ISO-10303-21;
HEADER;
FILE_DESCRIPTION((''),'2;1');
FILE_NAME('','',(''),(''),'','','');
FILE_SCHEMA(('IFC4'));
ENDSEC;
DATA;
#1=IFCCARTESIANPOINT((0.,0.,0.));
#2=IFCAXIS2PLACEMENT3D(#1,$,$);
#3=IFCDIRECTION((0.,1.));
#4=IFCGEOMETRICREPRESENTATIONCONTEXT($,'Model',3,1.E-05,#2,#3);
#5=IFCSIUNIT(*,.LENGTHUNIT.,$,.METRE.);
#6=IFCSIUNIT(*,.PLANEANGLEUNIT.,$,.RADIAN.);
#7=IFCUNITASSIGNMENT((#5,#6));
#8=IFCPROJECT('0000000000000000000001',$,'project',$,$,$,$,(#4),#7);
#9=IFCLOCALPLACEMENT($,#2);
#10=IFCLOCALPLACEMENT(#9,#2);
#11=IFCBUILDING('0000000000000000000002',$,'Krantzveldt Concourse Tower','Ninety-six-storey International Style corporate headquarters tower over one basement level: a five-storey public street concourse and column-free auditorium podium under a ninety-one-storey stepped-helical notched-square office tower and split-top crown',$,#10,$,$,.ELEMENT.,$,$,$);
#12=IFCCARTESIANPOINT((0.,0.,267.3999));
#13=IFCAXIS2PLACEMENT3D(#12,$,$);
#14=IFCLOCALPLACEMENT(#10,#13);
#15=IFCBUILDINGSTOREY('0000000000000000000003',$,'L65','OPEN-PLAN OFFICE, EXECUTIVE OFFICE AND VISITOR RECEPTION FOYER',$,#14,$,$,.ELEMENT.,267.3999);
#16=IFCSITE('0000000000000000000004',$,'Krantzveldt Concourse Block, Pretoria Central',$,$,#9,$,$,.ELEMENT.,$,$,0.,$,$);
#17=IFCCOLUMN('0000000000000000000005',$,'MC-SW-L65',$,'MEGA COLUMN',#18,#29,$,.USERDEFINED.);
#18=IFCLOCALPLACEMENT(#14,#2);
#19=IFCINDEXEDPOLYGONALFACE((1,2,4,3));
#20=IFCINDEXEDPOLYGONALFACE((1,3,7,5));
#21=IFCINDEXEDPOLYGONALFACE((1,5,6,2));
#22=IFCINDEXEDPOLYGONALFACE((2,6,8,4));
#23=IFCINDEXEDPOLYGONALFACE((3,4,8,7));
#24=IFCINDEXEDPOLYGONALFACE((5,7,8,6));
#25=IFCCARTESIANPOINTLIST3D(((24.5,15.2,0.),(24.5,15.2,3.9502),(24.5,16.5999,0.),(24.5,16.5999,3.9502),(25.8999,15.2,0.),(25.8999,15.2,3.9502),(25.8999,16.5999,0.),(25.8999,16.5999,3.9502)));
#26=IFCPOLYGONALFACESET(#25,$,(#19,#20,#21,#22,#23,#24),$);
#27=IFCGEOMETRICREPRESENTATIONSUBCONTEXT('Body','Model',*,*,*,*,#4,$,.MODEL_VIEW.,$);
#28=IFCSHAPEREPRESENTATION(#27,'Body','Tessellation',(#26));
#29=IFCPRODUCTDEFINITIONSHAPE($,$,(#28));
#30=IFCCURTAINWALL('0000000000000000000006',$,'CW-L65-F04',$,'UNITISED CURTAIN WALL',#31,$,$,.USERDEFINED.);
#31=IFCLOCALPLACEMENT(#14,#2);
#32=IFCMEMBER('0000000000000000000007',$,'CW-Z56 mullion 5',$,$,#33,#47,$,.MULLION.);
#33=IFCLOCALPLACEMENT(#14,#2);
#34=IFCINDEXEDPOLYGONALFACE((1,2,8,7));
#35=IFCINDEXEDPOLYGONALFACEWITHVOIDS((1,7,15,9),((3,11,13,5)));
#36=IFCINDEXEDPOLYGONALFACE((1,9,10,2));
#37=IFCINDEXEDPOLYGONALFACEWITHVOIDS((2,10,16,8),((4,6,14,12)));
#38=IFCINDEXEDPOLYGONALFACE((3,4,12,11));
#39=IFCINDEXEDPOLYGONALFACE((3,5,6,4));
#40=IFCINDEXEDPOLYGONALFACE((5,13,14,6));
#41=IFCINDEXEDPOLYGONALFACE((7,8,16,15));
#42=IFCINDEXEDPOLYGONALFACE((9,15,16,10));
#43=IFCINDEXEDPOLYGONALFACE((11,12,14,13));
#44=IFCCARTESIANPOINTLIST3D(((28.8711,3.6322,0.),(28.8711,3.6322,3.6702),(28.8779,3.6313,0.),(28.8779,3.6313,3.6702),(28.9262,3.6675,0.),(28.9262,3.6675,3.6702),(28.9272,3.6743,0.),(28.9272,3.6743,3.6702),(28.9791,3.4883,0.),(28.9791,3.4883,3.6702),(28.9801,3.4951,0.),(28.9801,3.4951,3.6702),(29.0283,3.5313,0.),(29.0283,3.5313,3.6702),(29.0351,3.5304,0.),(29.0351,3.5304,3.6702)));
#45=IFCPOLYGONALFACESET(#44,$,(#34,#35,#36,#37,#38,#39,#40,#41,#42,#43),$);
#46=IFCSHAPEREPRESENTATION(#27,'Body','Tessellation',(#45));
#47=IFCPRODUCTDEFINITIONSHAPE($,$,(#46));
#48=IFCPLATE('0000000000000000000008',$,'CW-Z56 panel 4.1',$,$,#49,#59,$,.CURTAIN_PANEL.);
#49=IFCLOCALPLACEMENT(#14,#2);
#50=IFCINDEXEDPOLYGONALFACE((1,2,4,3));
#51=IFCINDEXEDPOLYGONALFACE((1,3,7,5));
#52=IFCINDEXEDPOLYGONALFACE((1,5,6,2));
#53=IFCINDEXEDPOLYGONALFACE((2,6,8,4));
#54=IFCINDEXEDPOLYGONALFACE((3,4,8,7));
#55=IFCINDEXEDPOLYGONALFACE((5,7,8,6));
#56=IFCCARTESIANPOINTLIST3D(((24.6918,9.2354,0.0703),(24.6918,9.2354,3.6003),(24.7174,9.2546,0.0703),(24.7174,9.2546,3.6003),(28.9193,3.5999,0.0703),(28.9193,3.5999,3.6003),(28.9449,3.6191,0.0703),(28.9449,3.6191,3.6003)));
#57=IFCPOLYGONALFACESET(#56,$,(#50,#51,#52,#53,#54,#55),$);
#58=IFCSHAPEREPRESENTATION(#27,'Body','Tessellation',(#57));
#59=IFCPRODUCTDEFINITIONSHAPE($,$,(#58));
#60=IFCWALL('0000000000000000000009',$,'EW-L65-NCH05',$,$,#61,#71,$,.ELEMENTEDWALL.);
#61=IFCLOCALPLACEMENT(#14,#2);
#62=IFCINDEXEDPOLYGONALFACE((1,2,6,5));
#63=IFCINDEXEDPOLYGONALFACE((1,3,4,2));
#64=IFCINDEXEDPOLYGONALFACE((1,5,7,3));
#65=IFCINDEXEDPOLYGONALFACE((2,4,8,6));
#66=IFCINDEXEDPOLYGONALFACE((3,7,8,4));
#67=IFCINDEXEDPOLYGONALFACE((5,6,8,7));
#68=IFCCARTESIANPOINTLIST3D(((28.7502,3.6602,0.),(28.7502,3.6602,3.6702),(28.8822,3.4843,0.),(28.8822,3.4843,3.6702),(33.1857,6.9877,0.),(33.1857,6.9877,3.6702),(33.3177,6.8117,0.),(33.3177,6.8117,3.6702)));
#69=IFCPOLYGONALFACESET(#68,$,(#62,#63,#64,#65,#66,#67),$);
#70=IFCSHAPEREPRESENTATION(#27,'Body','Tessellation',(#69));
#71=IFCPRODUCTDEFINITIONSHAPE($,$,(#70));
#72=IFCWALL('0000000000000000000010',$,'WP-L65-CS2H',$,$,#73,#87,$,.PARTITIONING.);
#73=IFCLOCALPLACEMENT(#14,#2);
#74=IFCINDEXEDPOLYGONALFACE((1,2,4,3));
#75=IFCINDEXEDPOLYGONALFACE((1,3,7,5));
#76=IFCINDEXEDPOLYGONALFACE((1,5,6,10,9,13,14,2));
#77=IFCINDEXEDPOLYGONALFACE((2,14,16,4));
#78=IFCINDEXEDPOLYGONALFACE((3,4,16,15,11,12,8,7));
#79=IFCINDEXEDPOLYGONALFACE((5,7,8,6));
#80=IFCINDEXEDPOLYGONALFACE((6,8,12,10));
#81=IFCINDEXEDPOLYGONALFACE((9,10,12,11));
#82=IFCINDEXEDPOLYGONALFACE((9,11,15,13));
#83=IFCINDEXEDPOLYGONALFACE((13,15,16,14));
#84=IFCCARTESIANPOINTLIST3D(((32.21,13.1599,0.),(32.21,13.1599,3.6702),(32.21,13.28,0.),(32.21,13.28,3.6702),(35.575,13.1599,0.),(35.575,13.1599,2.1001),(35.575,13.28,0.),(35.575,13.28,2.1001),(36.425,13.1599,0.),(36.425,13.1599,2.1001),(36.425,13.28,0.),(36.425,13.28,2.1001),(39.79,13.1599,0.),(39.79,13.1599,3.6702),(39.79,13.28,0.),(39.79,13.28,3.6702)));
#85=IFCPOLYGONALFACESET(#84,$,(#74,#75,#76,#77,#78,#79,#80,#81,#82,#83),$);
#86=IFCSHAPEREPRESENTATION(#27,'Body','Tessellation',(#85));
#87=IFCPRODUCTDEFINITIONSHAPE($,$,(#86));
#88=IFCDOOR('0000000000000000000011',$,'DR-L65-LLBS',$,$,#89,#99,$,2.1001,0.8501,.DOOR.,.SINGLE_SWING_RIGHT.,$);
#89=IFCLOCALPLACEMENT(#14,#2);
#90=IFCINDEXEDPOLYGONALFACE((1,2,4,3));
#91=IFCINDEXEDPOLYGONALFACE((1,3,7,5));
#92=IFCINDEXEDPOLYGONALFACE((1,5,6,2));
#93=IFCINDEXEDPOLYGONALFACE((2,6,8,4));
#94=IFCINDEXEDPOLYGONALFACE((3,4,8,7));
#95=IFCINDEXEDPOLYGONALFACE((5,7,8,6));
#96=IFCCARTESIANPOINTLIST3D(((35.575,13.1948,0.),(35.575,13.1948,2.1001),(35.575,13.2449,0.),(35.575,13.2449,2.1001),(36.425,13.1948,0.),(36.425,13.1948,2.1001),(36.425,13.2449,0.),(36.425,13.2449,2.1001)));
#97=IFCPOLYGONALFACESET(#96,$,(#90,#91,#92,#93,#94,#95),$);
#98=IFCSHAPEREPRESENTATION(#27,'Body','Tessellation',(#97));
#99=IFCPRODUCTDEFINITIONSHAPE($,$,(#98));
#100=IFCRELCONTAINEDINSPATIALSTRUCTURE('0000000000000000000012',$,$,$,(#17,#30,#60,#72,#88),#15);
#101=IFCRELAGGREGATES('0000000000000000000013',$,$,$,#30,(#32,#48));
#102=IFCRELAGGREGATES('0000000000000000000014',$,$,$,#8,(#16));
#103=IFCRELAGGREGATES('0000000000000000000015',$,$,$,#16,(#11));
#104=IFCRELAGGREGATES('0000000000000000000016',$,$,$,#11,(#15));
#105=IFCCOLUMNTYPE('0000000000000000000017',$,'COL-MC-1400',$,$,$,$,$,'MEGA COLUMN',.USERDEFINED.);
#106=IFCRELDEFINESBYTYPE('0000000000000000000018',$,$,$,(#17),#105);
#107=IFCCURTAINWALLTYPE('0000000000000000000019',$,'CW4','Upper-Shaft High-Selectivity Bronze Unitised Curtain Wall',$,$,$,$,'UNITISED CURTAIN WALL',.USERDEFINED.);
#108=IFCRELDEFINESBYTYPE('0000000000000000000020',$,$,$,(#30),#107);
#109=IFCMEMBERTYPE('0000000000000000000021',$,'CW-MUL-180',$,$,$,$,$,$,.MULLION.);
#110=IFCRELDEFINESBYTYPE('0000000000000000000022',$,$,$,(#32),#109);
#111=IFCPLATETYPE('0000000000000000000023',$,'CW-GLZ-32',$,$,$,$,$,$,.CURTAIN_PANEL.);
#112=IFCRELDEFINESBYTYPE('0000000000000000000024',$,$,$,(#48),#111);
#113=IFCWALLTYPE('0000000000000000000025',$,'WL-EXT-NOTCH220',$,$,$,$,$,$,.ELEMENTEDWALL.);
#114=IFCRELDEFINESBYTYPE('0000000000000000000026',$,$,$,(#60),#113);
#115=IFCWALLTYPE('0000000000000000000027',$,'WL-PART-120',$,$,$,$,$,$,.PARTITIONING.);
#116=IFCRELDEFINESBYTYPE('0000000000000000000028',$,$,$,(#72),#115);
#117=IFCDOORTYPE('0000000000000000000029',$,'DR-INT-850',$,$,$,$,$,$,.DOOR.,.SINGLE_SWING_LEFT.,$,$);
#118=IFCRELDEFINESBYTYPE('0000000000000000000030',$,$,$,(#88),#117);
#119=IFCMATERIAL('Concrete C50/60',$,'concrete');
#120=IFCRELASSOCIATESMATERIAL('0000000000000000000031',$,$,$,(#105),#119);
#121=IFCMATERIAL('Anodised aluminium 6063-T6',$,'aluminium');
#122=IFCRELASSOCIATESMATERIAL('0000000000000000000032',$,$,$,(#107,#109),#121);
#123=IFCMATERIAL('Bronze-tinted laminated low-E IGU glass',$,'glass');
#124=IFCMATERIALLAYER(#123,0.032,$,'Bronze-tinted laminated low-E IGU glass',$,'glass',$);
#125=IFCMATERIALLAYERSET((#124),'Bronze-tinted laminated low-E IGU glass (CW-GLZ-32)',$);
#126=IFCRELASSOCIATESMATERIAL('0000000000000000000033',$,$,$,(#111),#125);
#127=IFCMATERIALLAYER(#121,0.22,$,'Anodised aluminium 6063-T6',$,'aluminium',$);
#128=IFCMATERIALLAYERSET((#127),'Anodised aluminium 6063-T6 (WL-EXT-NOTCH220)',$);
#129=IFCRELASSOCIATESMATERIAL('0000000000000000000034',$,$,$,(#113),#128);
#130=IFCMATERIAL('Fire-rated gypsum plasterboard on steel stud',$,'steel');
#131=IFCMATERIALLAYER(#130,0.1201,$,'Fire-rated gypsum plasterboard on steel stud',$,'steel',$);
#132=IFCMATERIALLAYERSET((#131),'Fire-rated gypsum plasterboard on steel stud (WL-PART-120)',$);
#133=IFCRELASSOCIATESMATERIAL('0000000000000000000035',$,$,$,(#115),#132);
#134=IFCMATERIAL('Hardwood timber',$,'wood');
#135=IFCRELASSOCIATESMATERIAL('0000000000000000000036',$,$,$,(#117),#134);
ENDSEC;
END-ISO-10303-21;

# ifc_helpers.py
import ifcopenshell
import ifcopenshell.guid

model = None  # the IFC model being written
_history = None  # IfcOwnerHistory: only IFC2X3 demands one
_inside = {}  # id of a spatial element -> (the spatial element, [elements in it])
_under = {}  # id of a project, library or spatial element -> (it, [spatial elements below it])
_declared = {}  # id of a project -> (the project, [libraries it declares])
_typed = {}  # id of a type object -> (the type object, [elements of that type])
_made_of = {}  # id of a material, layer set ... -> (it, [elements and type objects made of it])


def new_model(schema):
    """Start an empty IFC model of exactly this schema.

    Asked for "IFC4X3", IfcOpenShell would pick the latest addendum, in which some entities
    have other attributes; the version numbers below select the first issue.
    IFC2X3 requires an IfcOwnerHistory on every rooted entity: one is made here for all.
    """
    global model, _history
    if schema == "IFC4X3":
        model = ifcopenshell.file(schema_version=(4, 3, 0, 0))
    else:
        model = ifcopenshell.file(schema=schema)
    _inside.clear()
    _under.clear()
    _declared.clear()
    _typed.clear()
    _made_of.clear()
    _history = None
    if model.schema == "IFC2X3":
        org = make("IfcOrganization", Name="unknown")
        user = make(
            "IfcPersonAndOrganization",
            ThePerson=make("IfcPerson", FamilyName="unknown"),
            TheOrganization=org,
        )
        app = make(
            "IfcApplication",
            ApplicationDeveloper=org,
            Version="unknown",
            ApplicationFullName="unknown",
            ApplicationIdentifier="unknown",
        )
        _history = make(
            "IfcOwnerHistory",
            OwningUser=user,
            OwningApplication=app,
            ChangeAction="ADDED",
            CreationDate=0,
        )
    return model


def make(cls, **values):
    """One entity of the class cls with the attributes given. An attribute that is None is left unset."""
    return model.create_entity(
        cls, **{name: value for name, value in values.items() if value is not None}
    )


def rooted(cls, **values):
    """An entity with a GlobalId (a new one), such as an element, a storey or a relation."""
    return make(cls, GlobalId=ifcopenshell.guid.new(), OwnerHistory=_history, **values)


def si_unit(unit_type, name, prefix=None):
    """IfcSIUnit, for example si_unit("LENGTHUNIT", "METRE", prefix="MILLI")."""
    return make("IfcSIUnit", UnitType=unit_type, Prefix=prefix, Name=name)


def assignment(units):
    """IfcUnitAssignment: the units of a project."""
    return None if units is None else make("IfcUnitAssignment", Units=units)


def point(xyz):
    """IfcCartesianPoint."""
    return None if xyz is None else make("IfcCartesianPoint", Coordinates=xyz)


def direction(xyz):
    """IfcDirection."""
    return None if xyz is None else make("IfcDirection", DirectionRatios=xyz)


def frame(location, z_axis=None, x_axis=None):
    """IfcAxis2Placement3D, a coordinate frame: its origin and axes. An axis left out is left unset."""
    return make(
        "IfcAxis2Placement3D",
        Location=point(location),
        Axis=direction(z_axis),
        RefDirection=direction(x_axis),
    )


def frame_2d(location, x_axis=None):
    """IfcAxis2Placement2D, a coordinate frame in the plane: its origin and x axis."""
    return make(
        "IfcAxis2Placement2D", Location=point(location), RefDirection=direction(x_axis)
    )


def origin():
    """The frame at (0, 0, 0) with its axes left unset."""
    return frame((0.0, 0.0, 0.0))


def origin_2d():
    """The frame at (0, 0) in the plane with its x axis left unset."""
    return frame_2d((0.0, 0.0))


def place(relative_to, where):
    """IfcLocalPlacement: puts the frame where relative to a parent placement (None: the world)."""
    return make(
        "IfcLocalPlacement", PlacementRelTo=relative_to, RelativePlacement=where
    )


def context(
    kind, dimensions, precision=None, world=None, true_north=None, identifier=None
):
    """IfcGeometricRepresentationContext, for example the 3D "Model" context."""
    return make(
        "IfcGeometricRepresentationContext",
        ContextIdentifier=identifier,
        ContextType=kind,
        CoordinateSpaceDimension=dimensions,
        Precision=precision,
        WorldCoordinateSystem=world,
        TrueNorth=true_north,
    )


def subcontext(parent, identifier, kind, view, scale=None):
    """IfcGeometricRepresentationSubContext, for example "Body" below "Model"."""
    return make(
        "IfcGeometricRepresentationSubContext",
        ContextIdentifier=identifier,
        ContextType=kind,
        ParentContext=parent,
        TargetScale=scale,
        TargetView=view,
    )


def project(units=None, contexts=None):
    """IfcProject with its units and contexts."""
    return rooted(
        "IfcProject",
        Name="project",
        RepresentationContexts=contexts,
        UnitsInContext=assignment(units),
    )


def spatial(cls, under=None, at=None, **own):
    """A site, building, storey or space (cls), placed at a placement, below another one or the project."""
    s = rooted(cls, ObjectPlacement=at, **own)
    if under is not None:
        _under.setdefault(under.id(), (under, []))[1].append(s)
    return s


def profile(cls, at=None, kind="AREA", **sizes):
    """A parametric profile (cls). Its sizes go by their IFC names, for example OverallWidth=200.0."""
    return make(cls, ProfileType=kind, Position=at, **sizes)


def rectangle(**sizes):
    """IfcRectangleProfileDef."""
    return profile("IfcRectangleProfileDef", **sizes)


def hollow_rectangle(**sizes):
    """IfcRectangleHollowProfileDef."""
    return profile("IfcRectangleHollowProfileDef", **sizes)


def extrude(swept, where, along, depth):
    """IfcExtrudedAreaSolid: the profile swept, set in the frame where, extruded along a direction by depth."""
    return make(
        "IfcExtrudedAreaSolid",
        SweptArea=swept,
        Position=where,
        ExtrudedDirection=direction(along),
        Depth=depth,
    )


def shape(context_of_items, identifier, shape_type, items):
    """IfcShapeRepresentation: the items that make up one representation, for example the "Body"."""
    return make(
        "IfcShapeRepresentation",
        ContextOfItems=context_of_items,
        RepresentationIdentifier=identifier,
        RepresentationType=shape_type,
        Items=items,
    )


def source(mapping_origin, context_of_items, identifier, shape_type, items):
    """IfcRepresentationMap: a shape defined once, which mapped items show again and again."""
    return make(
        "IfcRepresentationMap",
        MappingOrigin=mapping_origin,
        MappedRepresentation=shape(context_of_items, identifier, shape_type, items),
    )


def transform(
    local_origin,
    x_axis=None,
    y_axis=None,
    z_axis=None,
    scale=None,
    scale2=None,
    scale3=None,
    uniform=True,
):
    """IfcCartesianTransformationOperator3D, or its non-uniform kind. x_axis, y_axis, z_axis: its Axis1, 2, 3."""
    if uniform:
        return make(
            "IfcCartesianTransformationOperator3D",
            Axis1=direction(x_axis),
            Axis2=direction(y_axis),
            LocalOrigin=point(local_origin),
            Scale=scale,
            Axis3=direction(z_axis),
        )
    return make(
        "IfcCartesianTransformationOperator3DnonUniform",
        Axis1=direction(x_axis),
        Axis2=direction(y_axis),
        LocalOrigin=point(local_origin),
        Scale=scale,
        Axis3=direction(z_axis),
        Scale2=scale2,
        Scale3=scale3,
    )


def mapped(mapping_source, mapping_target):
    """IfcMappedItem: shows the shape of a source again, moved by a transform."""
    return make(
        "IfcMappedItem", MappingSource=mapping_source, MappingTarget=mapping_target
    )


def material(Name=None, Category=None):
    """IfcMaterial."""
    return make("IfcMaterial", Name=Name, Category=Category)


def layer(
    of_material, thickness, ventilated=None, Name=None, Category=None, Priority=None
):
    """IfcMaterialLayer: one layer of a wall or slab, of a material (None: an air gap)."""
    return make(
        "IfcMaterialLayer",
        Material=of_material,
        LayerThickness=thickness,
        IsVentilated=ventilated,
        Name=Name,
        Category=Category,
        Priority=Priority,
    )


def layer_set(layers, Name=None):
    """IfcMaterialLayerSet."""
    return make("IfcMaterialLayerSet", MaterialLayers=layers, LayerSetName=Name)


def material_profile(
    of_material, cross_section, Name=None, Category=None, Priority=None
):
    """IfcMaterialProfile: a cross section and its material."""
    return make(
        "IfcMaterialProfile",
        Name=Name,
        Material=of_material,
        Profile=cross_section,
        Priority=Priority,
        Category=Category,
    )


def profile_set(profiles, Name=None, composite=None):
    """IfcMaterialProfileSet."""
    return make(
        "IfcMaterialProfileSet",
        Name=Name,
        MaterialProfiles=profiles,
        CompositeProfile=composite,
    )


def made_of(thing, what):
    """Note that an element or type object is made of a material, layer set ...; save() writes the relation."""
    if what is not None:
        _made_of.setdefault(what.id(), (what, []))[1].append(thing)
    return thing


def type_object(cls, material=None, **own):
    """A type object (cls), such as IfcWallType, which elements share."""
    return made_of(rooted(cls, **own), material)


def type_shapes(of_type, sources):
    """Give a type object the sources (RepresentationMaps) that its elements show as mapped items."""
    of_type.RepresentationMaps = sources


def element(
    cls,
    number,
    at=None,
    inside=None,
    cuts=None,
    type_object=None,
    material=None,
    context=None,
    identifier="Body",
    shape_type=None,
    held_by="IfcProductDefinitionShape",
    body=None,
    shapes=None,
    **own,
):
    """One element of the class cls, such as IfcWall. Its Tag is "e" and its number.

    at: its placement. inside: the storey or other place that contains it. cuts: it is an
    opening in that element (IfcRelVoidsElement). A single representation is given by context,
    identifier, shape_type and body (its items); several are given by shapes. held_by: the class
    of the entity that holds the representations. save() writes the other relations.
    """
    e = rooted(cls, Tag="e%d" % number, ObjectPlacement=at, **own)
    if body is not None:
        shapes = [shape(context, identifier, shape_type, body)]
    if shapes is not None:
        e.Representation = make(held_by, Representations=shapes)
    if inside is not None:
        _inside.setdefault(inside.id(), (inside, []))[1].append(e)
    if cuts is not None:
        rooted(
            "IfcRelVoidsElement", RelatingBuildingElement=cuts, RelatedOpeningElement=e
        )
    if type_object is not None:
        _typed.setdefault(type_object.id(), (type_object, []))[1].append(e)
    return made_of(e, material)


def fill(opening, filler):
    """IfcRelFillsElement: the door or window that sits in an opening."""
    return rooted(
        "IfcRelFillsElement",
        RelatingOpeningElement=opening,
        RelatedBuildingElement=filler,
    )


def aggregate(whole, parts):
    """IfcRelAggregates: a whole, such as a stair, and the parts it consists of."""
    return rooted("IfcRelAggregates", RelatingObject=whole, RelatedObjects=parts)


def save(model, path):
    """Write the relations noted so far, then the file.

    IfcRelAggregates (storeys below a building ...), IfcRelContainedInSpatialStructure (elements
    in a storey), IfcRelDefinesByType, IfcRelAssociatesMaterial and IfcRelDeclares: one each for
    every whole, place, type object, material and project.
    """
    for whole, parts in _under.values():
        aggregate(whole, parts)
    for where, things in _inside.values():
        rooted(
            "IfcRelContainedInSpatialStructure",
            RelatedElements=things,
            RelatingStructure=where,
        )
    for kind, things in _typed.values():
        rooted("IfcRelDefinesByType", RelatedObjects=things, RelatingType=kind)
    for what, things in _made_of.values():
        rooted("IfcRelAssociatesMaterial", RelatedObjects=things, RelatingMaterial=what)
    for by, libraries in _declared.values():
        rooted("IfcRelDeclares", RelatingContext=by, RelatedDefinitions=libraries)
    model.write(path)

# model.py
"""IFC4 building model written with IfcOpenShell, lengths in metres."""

from ifc_helpers import new_model, si_unit, direction, frame, frame_2d, origin, origin_2d, place, context, subcontext, project, spatial, rectangle, hollow_rectangle, extrude, source, transform, mapped, material, layer, layer_set, material_profile, profile_set, type_object, type_shapes, element, fill, aggregate, save


model = new_model("IFC4")

# Units and contexts
model_context = context("Model", 3, precision=1e-05, world=origin(), true_north=direction((0.0, 1.0)))
body_context = subcontext(model_context, "Body", "Model", "MODEL_VIEW")
ifc_project = project(units=[si_unit("LENGTHUNIT", "METRE"), si_unit("PLANEANGLEUNIT", "RADIAN")], contexts=[model_context])

# Site, building, storey
site_placement = place(None, origin())
site = spatial("IfcSite", under=ifc_project, at=site_placement, Name="Krantzveldt Concourse Block, Pretoria Central", CompositionType="ELEMENT", RefElevation=0.0)
building_placement = place(site_placement, origin())
building = spatial("IfcBuilding", under=site, at=building_placement, Name="Krantzveldt Concourse Tower", Description="Ninety-six-storey International Style corporate headquarters tower over one basement level: a five-storey public street concourse and column-free auditorium podium under a ninety-one-storey stepped-helical notched-square office tower and split-top crown", CompositionType="ELEMENT")
storey_placement = place(building_placement, frame((0.0, 0.0, 267.3999)))
storey = spatial("IfcBuildingStorey", under=building, at=storey_placement, Name="L65", Description="OPEN-PLAN OFFICE, EXECUTIVE OFFICE AND VISITOR RECEPTION FOYER", CompositionType="ELEMENT", Elevation=267.3999)

# Column
ifc_material_1 = material(Name="Concrete C50/60", Category="concrete")
ifc_material_profile_1 = material_profile(ifc_material_1, rectangle(XDim=1.3999, YDim=1.3999, at=origin_2d()), Name="Concrete C50/60", Category="concrete")
ifc_profile_set_1 = profile_set([ifc_material_profile_1], Name="Concrete C50/60 - RC 1400x1400")
column_type = type_object("IfcColumnType", Name="COL-MC-1400", ElementType="MEGA COLUMN", PredefinedType="USERDEFINED", material=ifc_profile_set_1)
shared_shape_1 = source(origin(), body_context, "Body", "SweptSolid", [
    extrude(rectangle(XDim=1.3999, YDim=1.3999, at=origin_2d()), origin(), (0.0, 0.0, 1.0), 3.9502),
])
type_shapes(column_type, [shared_shape_1])
column_placement = place(storey_placement, frame((25.2, 15.8999, 0.0), z_axis=(0.0, 0.0, 1.0), x_axis=(1.0, 0.0, 0.0)))
element("IfcColumn", 1, at=column_placement, inside=storey, type_object=column_type, Name="MC-SW-L65", ObjectType="MEGA COLUMN", PredefinedType="USERDEFINED", context=body_context, shape_type="MappedRepresentation", body=[
    mapped(shared_shape_1, transform((0.0, 0.0, 0.0), x_axis=(1.0, 0.0, 0.0), y_axis=(0.0, 1.0, 0.0), z_axis=(0.0, 0.0, 1.0), scale=1.0)),
])

# Curtain wall, member, plate
ifc_material_2 = material(Name="Anodised aluminium 6063-T6", Category="aluminium")
curtain_wall_type = type_object("IfcCurtainWallType", Name="CW4", Description="Upper-Shaft High-Selectivity Bronze Unitised Curtain Wall", ElementType="UNITISED CURTAIN WALL", PredefinedType="USERDEFINED", material=ifc_material_2)
curtain_wall_placement = place(storey_placement, origin())
curtain_wall = element("IfcCurtainWall", 2, at=curtain_wall_placement, inside=storey, type_object=curtain_wall_type, Name="CW-L65-F04", ObjectType="UNITISED CURTAIN WALL", PredefinedType="USERDEFINED")
ifc_material_profile_2 = material_profile(ifc_material_2, hollow_rectangle(XDim=0.0701, YDim=0.1799, WallThickness=0.0049, at=origin_2d()), Name="Anodised aluminium 6063-T6", Category="aluminium")
ifc_profile_set_2 = profile_set([ifc_material_profile_2], Name="Anodised aluminium 6063-T6 - ALU-MULL 180x70x5")
member_type = type_object("IfcMemberType", Name="CW-MUL-180", PredefinedType="MULLION", material=ifc_profile_set_2)
shared_shape_2 = source(origin(), body_context, "Body", "SweptSolid", [
    extrude(hollow_rectangle(XDim=0.0701, YDim=0.1799, WallThickness=0.0049, at=origin_2d()), origin(), (0.0, 0.0, 1.0), 3.6702),
])
type_shapes(member_type, [shared_shape_2])
member_placement = place(storey_placement, frame((28.9531, 3.5813, 0.0), z_axis=(0.0, 0.0, 1.0), x_axis=(0.799947, 0.600071, 0.0)))
member = element("IfcMember", 3, at=member_placement, type_object=member_type, Name="CW-Z56 mullion 5", PredefinedType="MULLION", context=body_context, shape_type="MappedRepresentation", body=[
    mapped(shared_shape_2, transform((0.0, 0.0, 0.0), x_axis=(1.0, 0.0, 0.0), y_axis=(0.0, 1.0, 0.0), z_axis=(0.0, 0.0, 1.0), scale=1.0)),
])
ifc_material_3 = material(Name="Bronze-tinted laminated low-E IGU glass", Category="glass")
ifc_layer_1 = layer(ifc_material_3, 0.032, Name="Bronze-tinted laminated low-E IGU glass", Category="glass")
ifc_layer_set_1 = layer_set([ifc_layer_1], Name="Bronze-tinted laminated low-E IGU glass (CW-GLZ-32)")
plate_type = type_object("IfcPlateType", Name="CW-GLZ-32", PredefinedType="CURTAIN_PANEL", material=ifc_layer_set_1)
shared_shape_3 = source(origin(), body_context, "Body", "SweptSolid", [
    extrude(rectangle(XDim=7.0449, YDim=0.032, at=origin_2d()), origin(), (0.0, 0.0, 1.0), 3.53),
])
type_shapes(plate_type, [shared_shape_3])
plate_placement = place(storey_placement, frame((26.8184, 6.4272, 0.0703), z_axis=(0.0, 0.0, 1.0), x_axis=(0.600071, -0.799947, 0.0)))
plate = element("IfcPlate", 4, at=plate_placement, type_object=plate_type, Name="CW-Z56 panel 4.1", PredefinedType="CURTAIN_PANEL", context=body_context, shape_type="MappedRepresentation", body=[
    mapped(shared_shape_3, transform((0.0, 0.0, 0.0), x_axis=(1.0, 0.0, 0.0), y_axis=(0.0, 1.0, 0.0), z_axis=(0.0, 0.0, 1.0), scale=1.0)),
])
aggregate(curtain_wall, [member, plate])

# Wall
ifc_layer_2 = layer(ifc_material_2, 0.22, Name="Anodised aluminium 6063-T6", Category="aluminium")
ifc_layer_set_2 = layer_set([ifc_layer_2], Name="Anodised aluminium 6063-T6 (WL-EXT-NOTCH220)")
wall_type_1 = type_object("IfcWallType", Name="WL-EXT-NOTCH220", PredefinedType="ELEMENTEDWALL", material=ifc_layer_set_2)
wall_1_placement = place(storey_placement, frame((28.8162, 3.5723, 0.0), z_axis=(0.0, 0.0, 1.0), x_axis=(0.799937, 0.600085, 0.0)))
element("IfcWall", 5, at=wall_1_placement, inside=storey, type_object=wall_type_1, Name="EW-L65-NCH05", PredefinedType="ELEMENTEDWALL", context=body_context, shape_type="SweptSolid", body=[
    extrude(rectangle(XDim=5.5449, YDim=0.22, at=frame_2d((2.7725, 0.0))), origin(), (0.0, 0.0, 1.0), 3.6702),
])

# Wall, opening, door
ifc_material_4 = material(Name="Fire-rated gypsum plasterboard on steel stud", Category="steel")
ifc_layer_3 = layer(ifc_material_4, 0.1201, Name="Fire-rated gypsum plasterboard on steel stud", Category="steel")
ifc_layer_set_3 = layer_set([ifc_layer_3], Name="Fire-rated gypsum plasterboard on steel stud (WL-PART-120)")
wall_type_2 = type_object("IfcWallType", Name="WL-PART-120", PredefinedType="PARTITIONING", material=ifc_layer_set_3)
wall_2_placement = place(storey_placement, frame((32.21, 13.22, 0.0), z_axis=(0.0, 0.0, 1.0), x_axis=(1.0, 0.0, 0.0)))
wall_2 = element("IfcWall", 6, at=wall_2_placement, inside=storey, type_object=wall_type_2, Name="WP-L65-CS2H", PredefinedType="PARTITIONING", context=body_context, shape_type="SweptSolid", body=[
    extrude(rectangle(XDim=7.5801, YDim=0.1201, at=frame_2d((3.79, 0.0))), origin(), (0.0, 0.0, 1.0), 3.6702),
])
opening_1_placement = place(wall_2_placement, frame((3.365, 0.0, 0.0)))
opening_1 = element("IfcOpeningElement", 7, at=opening_1_placement, cuts=wall_2, PredefinedType="OPENING", context=body_context, shape_type="SweptSolid", body=[
    extrude(rectangle(XDim=0.8501, YDim=2.1001, at=frame_2d((0.425, 1.05))), frame((0.0, 0.0701, 0.0), z_axis=(0.0, -1.0, 0.0), x_axis=(1.0, 0.0, 0.0)), (0.0, 0.0, 1.0), 0.1401),
])
ifc_material_5 = material(Name="Hardwood timber", Category="wood")
door_type_1 = type_object("IfcDoorType", Name="DR-INT-850", OperationType="SINGLE_SWING_LEFT", PredefinedType="DOOR", material=ifc_material_5)
door_1_placement = place(opening_1_placement, origin())
door_1 = element("IfcDoor", 8, at=door_1_placement, inside=storey, type_object=door_type_1, Name="DR-L65-LLBS", OperationType="SINGLE_SWING_RIGHT", OverallHeight=2.1001, OverallWidth=0.8501, PredefinedType="DOOR", context=body_context, shape_type="SweptSolid", body=[
    extrude(rectangle(XDim=0.8501, YDim=2.1001, at=frame_2d((0.425, 1.05))), frame((0.0, 0.0249, 0.0), z_axis=(0.0, -1.0, 0.0), x_axis=(1.0, 0.0, 0.0)), (0.0, 0.0, 1.0), 0.05),
])
fill(opening_1, door_1)

save(model, "model.ifc")
